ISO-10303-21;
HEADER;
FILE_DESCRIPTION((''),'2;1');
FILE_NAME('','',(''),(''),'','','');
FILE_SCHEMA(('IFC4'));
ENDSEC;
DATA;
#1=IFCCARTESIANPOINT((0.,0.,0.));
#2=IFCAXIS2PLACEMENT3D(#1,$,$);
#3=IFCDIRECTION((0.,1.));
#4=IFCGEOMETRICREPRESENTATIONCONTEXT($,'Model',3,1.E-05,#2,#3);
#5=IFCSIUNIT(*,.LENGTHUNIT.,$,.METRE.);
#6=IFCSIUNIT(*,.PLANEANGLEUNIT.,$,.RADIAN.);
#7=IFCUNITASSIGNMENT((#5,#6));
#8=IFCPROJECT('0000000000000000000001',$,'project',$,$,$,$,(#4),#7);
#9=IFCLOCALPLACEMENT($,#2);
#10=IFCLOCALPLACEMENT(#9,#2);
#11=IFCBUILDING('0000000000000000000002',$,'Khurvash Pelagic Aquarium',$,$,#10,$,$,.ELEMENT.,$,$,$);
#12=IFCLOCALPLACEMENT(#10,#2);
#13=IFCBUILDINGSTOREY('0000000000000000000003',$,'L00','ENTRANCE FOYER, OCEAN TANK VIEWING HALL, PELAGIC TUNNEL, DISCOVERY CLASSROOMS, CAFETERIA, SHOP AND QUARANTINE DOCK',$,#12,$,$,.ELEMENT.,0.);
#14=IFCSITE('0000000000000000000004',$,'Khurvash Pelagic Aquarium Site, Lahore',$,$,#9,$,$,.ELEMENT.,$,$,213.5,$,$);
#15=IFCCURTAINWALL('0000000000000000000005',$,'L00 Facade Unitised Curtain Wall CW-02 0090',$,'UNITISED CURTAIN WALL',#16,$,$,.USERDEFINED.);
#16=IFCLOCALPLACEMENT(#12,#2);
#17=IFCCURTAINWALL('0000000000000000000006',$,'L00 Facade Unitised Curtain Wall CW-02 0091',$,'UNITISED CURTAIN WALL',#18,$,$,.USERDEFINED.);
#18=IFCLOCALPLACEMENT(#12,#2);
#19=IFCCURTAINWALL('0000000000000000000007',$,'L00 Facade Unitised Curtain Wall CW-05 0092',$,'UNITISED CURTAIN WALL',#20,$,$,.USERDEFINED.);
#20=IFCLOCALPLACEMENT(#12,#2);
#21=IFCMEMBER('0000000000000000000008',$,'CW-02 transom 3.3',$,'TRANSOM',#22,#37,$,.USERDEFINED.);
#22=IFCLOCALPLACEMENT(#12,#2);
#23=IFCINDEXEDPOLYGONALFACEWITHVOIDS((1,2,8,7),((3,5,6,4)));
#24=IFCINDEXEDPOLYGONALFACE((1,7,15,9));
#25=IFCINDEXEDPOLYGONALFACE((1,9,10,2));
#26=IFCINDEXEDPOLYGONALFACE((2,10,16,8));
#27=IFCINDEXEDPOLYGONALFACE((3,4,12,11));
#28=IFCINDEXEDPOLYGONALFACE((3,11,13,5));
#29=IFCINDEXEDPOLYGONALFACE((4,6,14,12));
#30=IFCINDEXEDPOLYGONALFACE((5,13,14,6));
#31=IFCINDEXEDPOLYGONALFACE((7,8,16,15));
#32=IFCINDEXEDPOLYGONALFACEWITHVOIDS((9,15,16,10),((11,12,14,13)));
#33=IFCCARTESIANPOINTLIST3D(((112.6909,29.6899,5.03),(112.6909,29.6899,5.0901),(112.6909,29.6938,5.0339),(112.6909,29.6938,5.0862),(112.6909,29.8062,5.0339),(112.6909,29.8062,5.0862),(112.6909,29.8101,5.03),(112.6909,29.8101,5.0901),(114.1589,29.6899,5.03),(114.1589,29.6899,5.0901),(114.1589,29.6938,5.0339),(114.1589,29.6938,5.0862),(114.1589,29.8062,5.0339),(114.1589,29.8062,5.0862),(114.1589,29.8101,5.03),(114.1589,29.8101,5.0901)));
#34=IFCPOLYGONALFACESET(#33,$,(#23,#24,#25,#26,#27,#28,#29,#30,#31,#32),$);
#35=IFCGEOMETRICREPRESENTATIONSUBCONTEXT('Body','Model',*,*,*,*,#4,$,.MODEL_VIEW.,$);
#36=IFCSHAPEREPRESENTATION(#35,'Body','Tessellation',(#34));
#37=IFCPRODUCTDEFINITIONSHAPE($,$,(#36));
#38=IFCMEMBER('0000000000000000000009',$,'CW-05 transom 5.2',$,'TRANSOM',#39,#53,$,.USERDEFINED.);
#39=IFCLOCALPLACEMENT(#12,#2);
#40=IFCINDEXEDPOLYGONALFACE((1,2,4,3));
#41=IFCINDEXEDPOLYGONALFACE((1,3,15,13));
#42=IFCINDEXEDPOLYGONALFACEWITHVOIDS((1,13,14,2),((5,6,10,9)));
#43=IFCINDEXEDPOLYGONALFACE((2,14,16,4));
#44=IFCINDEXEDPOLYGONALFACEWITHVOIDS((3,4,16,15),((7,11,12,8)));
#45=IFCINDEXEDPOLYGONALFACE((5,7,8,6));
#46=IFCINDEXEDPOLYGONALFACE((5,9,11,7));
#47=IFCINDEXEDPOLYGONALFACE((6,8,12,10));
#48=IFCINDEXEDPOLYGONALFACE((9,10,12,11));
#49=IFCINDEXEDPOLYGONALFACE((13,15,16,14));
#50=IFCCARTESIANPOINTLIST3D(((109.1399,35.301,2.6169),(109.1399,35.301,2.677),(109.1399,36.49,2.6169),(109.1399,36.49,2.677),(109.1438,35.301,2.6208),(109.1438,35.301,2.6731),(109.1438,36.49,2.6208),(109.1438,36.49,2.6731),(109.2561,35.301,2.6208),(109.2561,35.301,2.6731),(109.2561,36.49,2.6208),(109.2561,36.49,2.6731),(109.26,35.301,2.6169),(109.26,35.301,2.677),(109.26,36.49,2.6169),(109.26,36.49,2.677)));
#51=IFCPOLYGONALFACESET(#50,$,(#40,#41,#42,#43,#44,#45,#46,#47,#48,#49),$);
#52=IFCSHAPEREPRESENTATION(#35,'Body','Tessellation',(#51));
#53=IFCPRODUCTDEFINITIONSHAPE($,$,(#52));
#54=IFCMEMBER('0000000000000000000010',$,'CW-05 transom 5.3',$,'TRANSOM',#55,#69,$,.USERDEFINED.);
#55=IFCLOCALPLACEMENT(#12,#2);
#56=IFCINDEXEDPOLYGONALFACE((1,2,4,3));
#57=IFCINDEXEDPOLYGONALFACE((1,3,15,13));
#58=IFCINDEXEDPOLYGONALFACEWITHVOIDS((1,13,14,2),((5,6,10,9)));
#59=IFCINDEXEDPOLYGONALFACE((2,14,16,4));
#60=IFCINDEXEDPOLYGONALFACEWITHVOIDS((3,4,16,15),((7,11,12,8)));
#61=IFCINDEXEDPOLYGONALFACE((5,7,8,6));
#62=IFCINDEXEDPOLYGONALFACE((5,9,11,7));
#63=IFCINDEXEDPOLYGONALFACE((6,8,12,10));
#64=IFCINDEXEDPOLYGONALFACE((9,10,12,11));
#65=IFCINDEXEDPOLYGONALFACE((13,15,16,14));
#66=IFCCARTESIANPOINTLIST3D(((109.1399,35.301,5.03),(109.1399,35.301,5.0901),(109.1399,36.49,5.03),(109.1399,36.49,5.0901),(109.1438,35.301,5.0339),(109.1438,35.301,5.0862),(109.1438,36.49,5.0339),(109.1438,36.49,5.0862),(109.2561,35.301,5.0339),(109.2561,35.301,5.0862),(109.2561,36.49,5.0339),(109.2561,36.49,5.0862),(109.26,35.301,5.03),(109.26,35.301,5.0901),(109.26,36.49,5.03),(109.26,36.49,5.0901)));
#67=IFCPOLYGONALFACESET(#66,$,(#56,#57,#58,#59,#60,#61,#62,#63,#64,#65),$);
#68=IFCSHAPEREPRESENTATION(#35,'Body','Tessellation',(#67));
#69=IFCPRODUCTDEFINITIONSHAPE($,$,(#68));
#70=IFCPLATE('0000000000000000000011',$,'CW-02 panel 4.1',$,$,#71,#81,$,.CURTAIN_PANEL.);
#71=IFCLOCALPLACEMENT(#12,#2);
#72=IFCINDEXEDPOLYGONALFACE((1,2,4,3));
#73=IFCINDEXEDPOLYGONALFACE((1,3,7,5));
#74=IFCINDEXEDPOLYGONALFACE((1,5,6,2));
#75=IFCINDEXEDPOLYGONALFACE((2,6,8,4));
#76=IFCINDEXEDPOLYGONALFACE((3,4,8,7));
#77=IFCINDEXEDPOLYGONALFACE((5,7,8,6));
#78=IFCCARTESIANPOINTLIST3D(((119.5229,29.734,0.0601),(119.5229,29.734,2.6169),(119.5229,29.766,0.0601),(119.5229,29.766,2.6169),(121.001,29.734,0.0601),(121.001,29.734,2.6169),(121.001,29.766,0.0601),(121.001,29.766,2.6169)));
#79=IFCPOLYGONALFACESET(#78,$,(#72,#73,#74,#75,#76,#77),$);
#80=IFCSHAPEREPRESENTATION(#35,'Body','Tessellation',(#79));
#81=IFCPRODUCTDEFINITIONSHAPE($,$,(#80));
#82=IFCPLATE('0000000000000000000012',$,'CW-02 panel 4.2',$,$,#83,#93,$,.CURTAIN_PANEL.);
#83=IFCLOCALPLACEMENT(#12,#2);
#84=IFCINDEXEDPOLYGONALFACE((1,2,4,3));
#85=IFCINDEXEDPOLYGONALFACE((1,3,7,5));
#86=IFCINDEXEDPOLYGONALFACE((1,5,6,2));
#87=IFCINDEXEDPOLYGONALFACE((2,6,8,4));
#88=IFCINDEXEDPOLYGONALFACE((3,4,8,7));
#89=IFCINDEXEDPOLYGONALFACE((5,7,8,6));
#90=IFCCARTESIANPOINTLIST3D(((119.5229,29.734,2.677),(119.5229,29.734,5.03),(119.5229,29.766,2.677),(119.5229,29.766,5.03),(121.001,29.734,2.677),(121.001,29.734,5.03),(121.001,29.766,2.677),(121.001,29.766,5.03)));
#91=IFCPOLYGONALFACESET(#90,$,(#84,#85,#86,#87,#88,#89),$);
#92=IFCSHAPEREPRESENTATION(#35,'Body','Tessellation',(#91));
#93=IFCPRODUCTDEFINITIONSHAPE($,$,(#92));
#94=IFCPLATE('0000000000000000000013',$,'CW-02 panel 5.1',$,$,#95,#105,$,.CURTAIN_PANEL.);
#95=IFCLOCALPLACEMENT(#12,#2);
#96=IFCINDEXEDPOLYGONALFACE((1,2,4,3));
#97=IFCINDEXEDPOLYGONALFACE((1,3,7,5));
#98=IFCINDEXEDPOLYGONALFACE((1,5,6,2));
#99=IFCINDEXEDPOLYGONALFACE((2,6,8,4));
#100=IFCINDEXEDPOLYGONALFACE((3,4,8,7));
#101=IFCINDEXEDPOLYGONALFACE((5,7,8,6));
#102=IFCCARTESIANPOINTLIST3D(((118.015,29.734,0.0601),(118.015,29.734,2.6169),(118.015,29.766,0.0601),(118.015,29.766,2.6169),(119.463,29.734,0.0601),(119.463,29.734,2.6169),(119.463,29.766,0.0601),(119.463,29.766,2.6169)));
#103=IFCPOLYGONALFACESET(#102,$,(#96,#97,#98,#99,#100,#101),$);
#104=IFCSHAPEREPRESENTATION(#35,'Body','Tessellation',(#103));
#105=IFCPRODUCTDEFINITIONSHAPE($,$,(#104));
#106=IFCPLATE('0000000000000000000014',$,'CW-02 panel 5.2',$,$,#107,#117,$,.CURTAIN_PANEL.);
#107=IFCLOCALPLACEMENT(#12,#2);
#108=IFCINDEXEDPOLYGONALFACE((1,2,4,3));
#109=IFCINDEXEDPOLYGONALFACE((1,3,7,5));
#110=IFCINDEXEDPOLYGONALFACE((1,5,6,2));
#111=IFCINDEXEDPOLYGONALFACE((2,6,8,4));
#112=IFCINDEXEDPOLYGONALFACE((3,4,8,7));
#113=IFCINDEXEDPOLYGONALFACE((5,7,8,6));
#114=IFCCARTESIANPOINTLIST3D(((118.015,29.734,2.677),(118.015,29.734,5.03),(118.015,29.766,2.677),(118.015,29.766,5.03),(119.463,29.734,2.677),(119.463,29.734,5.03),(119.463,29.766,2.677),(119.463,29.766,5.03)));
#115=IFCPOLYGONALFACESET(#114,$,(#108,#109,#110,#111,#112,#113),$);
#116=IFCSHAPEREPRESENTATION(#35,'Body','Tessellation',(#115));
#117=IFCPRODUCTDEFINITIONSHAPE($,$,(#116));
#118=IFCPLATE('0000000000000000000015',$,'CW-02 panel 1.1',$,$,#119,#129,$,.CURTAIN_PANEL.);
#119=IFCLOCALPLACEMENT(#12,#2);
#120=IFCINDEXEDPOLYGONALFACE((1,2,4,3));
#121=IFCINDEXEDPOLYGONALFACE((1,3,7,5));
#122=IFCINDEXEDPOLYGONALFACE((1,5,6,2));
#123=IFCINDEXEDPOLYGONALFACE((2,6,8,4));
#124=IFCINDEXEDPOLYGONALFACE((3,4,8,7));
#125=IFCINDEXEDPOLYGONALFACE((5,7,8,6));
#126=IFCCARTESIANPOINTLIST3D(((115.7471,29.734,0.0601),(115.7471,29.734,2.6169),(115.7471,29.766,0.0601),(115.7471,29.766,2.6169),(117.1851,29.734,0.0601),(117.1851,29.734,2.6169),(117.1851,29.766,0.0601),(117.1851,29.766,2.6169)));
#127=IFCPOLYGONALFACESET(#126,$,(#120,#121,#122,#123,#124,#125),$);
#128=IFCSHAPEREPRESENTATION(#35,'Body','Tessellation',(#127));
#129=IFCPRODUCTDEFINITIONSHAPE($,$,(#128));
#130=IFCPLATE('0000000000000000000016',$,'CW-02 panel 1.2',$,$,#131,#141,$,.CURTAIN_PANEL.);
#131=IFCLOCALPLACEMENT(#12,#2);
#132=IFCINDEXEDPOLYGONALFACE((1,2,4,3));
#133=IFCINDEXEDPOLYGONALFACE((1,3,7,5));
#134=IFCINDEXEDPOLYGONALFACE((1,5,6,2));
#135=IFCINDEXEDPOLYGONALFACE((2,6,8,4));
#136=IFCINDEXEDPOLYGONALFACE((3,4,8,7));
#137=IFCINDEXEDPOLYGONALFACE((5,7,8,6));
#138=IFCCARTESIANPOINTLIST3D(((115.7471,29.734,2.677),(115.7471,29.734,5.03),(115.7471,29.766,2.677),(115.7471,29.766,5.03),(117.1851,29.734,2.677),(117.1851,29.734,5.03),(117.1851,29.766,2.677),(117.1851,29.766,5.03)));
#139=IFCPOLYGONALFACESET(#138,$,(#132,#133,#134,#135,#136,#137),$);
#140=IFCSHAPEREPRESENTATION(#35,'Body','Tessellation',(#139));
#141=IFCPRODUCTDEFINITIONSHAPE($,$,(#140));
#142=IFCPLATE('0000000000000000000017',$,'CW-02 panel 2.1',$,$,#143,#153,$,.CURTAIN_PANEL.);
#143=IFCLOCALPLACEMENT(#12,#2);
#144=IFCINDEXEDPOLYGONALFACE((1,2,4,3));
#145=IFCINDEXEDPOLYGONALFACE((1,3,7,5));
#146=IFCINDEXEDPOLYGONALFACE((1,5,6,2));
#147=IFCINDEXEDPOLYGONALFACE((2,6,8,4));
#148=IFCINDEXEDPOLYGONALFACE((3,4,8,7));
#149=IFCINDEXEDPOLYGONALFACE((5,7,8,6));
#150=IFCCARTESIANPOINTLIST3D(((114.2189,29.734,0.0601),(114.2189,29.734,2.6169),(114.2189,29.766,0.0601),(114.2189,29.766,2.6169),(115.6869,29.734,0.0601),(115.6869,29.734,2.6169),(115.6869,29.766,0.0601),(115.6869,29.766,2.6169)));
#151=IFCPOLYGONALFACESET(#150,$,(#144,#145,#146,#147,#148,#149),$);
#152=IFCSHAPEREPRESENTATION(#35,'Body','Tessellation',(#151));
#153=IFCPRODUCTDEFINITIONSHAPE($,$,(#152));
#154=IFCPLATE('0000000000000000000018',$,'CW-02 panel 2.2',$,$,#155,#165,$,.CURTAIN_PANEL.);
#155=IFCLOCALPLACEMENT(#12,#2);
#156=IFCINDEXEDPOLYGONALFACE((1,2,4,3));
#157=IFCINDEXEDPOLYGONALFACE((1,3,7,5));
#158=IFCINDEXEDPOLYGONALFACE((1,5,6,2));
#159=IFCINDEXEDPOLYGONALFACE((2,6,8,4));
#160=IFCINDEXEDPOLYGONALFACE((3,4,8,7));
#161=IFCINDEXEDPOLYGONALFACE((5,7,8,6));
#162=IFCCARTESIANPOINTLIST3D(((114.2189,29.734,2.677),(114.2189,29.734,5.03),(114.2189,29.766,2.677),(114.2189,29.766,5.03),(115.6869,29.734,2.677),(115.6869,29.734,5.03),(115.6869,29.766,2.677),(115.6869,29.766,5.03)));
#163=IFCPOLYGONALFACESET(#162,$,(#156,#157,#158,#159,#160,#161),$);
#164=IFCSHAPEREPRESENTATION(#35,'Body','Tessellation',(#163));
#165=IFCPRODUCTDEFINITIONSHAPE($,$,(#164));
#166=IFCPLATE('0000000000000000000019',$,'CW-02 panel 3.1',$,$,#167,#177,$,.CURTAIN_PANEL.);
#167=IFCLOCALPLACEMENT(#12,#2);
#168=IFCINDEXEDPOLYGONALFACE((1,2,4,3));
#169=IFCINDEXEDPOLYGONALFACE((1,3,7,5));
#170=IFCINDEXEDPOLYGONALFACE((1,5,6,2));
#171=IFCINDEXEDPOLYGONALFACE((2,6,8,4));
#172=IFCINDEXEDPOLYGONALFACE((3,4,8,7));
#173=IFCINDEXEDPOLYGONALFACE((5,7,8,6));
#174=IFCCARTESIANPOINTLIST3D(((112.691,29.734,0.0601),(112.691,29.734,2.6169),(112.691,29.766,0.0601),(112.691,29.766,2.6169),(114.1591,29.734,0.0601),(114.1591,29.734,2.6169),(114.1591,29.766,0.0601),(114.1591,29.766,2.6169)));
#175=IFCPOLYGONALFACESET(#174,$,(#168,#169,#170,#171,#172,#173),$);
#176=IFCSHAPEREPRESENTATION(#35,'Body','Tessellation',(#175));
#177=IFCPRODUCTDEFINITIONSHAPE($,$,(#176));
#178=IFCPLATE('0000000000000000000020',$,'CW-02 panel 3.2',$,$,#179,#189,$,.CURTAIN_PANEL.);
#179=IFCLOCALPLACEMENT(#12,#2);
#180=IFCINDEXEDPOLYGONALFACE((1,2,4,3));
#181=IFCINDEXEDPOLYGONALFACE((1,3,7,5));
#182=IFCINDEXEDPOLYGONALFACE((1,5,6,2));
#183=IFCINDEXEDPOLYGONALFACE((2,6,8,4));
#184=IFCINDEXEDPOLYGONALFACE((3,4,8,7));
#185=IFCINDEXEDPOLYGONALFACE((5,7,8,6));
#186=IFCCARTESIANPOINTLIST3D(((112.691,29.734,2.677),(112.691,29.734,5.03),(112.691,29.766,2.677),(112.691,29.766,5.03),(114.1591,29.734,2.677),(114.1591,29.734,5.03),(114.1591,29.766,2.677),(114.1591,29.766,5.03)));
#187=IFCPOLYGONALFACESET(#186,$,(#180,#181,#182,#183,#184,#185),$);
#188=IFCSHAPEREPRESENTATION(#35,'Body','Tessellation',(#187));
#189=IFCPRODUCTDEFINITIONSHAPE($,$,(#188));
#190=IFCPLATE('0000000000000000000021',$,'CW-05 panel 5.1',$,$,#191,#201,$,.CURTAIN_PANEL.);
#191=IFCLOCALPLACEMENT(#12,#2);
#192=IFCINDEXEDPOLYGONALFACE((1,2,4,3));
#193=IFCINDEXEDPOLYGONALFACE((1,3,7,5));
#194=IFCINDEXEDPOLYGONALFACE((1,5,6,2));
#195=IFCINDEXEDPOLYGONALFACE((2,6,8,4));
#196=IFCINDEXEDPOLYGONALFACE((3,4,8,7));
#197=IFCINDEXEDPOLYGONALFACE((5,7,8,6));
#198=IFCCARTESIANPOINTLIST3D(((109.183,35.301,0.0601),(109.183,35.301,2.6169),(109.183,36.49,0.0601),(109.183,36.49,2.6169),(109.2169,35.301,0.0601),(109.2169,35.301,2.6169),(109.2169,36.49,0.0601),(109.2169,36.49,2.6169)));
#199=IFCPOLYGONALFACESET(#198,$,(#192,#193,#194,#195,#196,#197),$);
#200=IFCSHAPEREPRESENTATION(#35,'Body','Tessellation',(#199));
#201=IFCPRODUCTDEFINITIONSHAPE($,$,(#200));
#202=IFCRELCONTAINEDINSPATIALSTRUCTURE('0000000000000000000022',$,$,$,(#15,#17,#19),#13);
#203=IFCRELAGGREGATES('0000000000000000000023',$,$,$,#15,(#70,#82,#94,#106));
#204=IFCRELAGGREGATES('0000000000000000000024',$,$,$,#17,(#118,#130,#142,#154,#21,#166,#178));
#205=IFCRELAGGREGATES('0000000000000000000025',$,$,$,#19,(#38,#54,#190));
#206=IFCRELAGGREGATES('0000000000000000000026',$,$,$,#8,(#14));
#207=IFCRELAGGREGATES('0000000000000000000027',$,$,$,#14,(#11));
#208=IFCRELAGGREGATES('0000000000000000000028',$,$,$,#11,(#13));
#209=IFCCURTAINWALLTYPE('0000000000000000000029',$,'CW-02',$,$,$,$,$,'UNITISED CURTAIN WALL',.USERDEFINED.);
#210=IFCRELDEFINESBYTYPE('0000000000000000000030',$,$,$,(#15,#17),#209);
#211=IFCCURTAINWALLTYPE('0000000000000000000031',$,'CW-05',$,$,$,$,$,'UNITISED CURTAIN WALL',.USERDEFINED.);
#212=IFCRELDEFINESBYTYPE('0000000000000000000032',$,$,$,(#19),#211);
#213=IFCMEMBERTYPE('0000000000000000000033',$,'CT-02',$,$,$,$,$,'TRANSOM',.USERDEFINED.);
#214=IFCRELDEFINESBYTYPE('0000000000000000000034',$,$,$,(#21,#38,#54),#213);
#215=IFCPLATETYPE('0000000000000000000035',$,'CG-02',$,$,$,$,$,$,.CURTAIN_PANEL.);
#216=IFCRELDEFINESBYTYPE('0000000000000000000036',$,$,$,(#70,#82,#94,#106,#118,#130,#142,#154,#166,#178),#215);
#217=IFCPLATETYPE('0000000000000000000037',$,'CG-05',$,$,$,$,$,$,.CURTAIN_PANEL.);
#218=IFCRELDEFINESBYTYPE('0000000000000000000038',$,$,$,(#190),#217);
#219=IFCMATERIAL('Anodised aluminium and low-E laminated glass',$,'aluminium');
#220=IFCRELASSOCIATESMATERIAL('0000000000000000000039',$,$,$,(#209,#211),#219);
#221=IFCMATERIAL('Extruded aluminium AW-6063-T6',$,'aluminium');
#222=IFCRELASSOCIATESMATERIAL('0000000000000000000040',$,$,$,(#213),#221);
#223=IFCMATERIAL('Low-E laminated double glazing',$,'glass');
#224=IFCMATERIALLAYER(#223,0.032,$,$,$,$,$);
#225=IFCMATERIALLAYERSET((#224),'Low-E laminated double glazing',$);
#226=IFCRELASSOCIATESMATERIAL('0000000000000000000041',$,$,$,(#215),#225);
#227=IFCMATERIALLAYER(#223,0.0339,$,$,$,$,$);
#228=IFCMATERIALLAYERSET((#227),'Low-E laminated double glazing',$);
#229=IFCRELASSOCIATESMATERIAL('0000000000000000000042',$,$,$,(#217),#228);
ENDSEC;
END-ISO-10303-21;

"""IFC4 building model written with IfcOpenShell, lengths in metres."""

from ifc_helpers import new_model, si_unit, direction, frame, origin, origin_2d, place, context, subcontext, project, spatial, rectangle, hollow_rectangle, extrude, material, layer, layer_set, material_profile, profile_set, type_object, element, aggregate, save


model = new_model("IFC4")

# Units and contexts
model_context = context("Model", 3, precision=1e-05, world=origin(), true_north=direction((0.0, 1.0)))
body_context = subcontext(model_context, "Body", "Model", "MODEL_VIEW")
ifc_project = project(units=[si_unit("LENGTHUNIT", "METRE"), si_unit("PLANEANGLEUNIT", "RADIAN")], contexts=[model_context])

# Site, building, storey
site_placement = place(None, origin())
site = spatial("IfcSite", under=ifc_project, at=site_placement, Name="Khurvash Pelagic Aquarium Site, Lahore", CompositionType="ELEMENT", RefElevation=213.5)
building_placement = place(site_placement, origin())
building = spatial("IfcBuilding", under=site, at=building_placement, Name="Khurvash Pelagic Aquarium", CompositionType="ELEMENT")
storey_placement = place(building_placement, origin())
storey = spatial("IfcBuildingStorey", under=building, at=storey_placement, Name="L00", Description="ENTRANCE FOYER, OCEAN TANK VIEWING HALL, PELAGIC TUNNEL, DISCOVERY CLASSROOMS, CAFETERIA, SHOP AND QUARANTINE DOCK", CompositionType="ELEMENT", Elevation=0.0)

# Curtain walls
ifc_material_1 = material(Name="Anodised aluminium and low-E laminated glass", Category="aluminium")
curtain_wall_type_1 = type_object("IfcCurtainWallType", Name="CW-02", ElementType="UNITISED CURTAIN WALL", PredefinedType="USERDEFINED", material=ifc_material_1)
curtain_wall_1_placement = place(storey_placement, origin())
curtain_wall_1 = element("IfcCurtainWall", 1, at=curtain_wall_1_placement, inside=storey, type_object=curtain_wall_type_1, Name="L00 Facade Unitised Curtain Wall CW-02 0090", ObjectType="UNITISED CURTAIN WALL", PredefinedType="USERDEFINED")
ifc_material_2 = material(Name="Extruded aluminium AW-6063-T6", Category="aluminium")
curtain_wall_2_placement = place(storey_placement, origin())
curtain_wall_2 = element("IfcCurtainWall", 2, at=curtain_wall_2_placement, inside=storey, type_object=curtain_wall_type_1, Name="L00 Facade Unitised Curtain Wall CW-02 0091", ObjectType="UNITISED CURTAIN WALL", PredefinedType="USERDEFINED")

# Curtain wall
curtain_wall_type_2 = type_object("IfcCurtainWallType", Name="CW-05", ElementType="UNITISED CURTAIN WALL", PredefinedType="USERDEFINED", material=ifc_material_1)
curtain_wall_3_placement = place(storey_placement, origin())
curtain_wall_3 = element("IfcCurtainWall", 3, at=curtain_wall_3_placement, inside=storey, type_object=curtain_wall_type_2, Name="L00 Facade Unitised Curtain Wall CW-05 0092", ObjectType="UNITISED CURTAIN WALL", PredefinedType="USERDEFINED")

# Members
ifc_material_profile_1 = material_profile(ifc_material_2, hollow_rectangle(XDim=0.1201, YDim=0.0601, WallThickness=0.0039, at=origin_2d()), Name="CWT120X60X4")
ifc_profile_set_1 = profile_set([ifc_material_profile_1], Name="Extruded aluminium AW-6063-T6")
member_type_1 = type_object("IfcMemberType", Name="CT-02", ElementType="TRANSOM", PredefinedType="USERDEFINED", material=ifc_profile_set_1)
member_1_placement = place(storey_placement, frame((114.1589, 29.75, 5.0601), z_axis=(-1.0, 0.0, 0.0), x_axis=(0.0, -1.0, 0.0)))
member_1 = element("IfcMember", 4, at=member_1_placement, type_object=member_type_1, Name="CW-02 transom 3.3", ObjectType="TRANSOM", PredefinedType="USERDEFINED", context=body_context, shape_type="SweptSolid", body=[
    extrude(hollow_rectangle(XDim=0.1201, YDim=0.0601, WallThickness=0.0039, at=origin_2d()), origin(), (0.0, 0.0, 1.0), 1.468),
])
member_2_placement = place(storey_placement, frame((109.2, 35.301, 2.647), z_axis=(0.0, 1.0, 0.0), x_axis=(-1.0, 0.0, 0.0)))
member_2 = element("IfcMember", 5, at=member_2_placement, type_object=member_type_1, Name="CW-05 transom 5.2", ObjectType="TRANSOM", PredefinedType="USERDEFINED", context=body_context, shape_type="SweptSolid", body=[
    extrude(hollow_rectangle(XDim=0.1201, YDim=0.0601, WallThickness=0.0039, at=origin_2d()), origin(), (0.0, 0.0, 1.0), 1.189),
])
member_3_placement = place(storey_placement, frame((109.2, 35.301, 5.0601), z_axis=(0.0, 1.0, 0.0), x_axis=(-1.0, 0.0, 0.0)))
member_3 = element("IfcMember", 6, at=member_3_placement, type_object=member_type_1, Name="CW-05 transom 5.3", ObjectType="TRANSOM", PredefinedType="USERDEFINED", context=body_context, shape_type="SweptSolid", body=[
    extrude(hollow_rectangle(XDim=0.1201, YDim=0.0601, WallThickness=0.0039, at=origin_2d()), origin(), (0.0, 0.0, 1.0), 1.189),
])

# Plates
ifc_material_3 = material(Name="Low-E laminated double glazing", Category="glass")
ifc_layer_1 = layer(ifc_material_3, 0.032)
ifc_layer_set_1 = layer_set([ifc_layer_1], Name="Low-E laminated double glazing")
plate_type_1 = type_object("IfcPlateType", Name="CG-02", PredefinedType="CURTAIN_PANEL", material=ifc_layer_set_1)
plate_1_placement = place(storey_placement, frame((120.262, 29.75, 0.0601), z_axis=(0.0, 0.0, 1.0), x_axis=(-1.0, 0.0, 0.0)))
plate_1 = element("IfcPlate", 7, at=plate_1_placement, type_object=plate_type_1, Name="CW-02 panel 4.1", PredefinedType="CURTAIN_PANEL", context=body_context, shape_type="SweptSolid", body=[
    extrude(rectangle(XDim=1.478, YDim=0.032, at=origin_2d()), origin(), (0.0, 0.0, 1.0), 2.5569),
])
plate_2_placement = place(storey_placement, frame((120.262, 29.75, 2.677), z_axis=(0.0, 0.0, 1.0), x_axis=(-1.0, 0.0, 0.0)))
plate_2 = element("IfcPlate", 8, at=plate_2_placement, type_object=plate_type_1, Name="CW-02 panel 4.2", PredefinedType="CURTAIN_PANEL", context=body_context, shape_type="SweptSolid", body=[
    extrude(rectangle(XDim=1.478, YDim=0.032, at=origin_2d()), origin(), (0.0, 0.0, 1.0), 2.353),
])
plate_3_placement = place(storey_placement, frame((118.739, 29.75, 0.0601), z_axis=(0.0, 0.0, 1.0), x_axis=(-1.0, 0.0, 0.0)))
plate_3 = element("IfcPlate", 9, at=plate_3_placement, type_object=plate_type_1, Name="CW-02 panel 5.1", PredefinedType="CURTAIN_PANEL", context=body_context, shape_type="SweptSolid", body=[
    extrude(rectangle(XDim=1.448, YDim=0.032, at=origin_2d()), origin(), (0.0, 0.0, 1.0), 2.5569),
])
plate_4_placement = place(storey_placement, frame((118.739, 29.75, 2.677), z_axis=(0.0, 0.0, 1.0), x_axis=(-1.0, 0.0, 0.0)))
plate_4 = element("IfcPlate", 10, at=plate_4_placement, type_object=plate_type_1, Name="CW-02 panel 5.2", PredefinedType="CURTAIN_PANEL", context=body_context, shape_type="SweptSolid", body=[
    extrude(rectangle(XDim=1.448, YDim=0.032, at=origin_2d()), origin(), (0.0, 0.0, 1.0), 2.353),
])
aggregate(curtain_wall_1, [plate_1, plate_2, plate_3, plate_4])
plate_5_placement = place(storey_placement, frame((116.4661, 29.75, 0.0601), z_axis=(0.0, 0.0, 1.0), x_axis=(-1.0, 0.0, 0.0)))
plate_5 = element("IfcPlate", 11, at=plate_5_placement, type_object=plate_type_1, Name="CW-02 panel 1.1", PredefinedType="CURTAIN_PANEL", context=body_context, shape_type="SweptSolid", body=[
    extrude(rectangle(XDim=1.438, YDim=0.032, at=origin_2d()), origin(), (0.0, 0.0, 1.0), 2.5569),
])
plate_6_placement = place(storey_placement, frame((116.4661, 29.75, 2.677), z_axis=(0.0, 0.0, 1.0), x_axis=(-1.0, 0.0, 0.0)))
plate_6 = element("IfcPlate", 12, at=plate_6_placement, type_object=plate_type_1, Name="CW-02 panel 1.2", PredefinedType="CURTAIN_PANEL", context=body_context, shape_type="SweptSolid", body=[
    extrude(rectangle(XDim=1.438, YDim=0.032, at=origin_2d()), origin(), (0.0, 0.0, 1.0), 2.353),
])
plate_7_placement = place(storey_placement, frame((114.9529, 29.75, 0.0601), z_axis=(0.0, 0.0, 1.0), x_axis=(-1.0, 0.0, 0.0)))
plate_7 = element("IfcPlate", 13, at=plate_7_placement, type_object=plate_type_1, Name="CW-02 panel 2.1", PredefinedType="CURTAIN_PANEL", context=body_context, shape_type="SweptSolid", body=[
    extrude(rectangle(XDim=1.468, YDim=0.032, at=origin_2d()), origin(), (0.0, 0.0, 1.0), 2.5569),
])
plate_8_placement = place(storey_placement, frame((114.9529, 29.75, 2.677), z_axis=(0.0, 0.0, 1.0), x_axis=(-1.0, 0.0, 0.0)))
plate_8 = element("IfcPlate", 14, at=plate_8_placement, type_object=plate_type_1, Name="CW-02 panel 2.2", PredefinedType="CURTAIN_PANEL", context=body_context, shape_type="SweptSolid", body=[
    extrude(rectangle(XDim=1.468, YDim=0.032, at=origin_2d()), origin(), (0.0, 0.0, 1.0), 2.353),
])
plate_9_placement = place(storey_placement, frame((113.425, 29.75, 0.0601), z_axis=(0.0, 0.0, 1.0), x_axis=(-1.0, 0.0, 0.0)))
plate_9 = element("IfcPlate", 15, at=plate_9_placement, type_object=plate_type_1, Name="CW-02 panel 3.1", PredefinedType="CURTAIN_PANEL", context=body_context, shape_type="SweptSolid", body=[
    extrude(rectangle(XDim=1.468, YDim=0.032, at=origin_2d()), origin(), (0.0, 0.0, 1.0), 2.5569),
])
plate_10_placement = place(storey_placement, frame((113.425, 29.75, 2.677), z_axis=(0.0, 0.0, 1.0), x_axis=(-1.0, 0.0, 0.0)))
plate_10 = element("IfcPlate", 16, at=plate_10_placement, type_object=plate_type_1, Name="CW-02 panel 3.2", PredefinedType="CURTAIN_PANEL", context=body_context, shape_type="SweptSolid", body=[
    extrude(rectangle(XDim=1.468, YDim=0.032, at=origin_2d()), origin(), (0.0, 0.0, 1.0), 2.353),
])
aggregate(curtain_wall_2, [plate_5, plate_6, plate_7, plate_8, member_1, plate_9, plate_10])
ifc_layer_2 = layer(ifc_material_3, 0.0339)
ifc_layer_set_2 = layer_set([ifc_layer_2], Name="Low-E laminated double glazing")
plate_type_2 = type_object("IfcPlateType", Name="CG-05", PredefinedType="CURTAIN_PANEL", material=ifc_layer_set_2)
plate_11_placement = place(storey_placement, frame((109.2, 35.8955, 0.0601), z_axis=(0.0, 0.0, 1.0), x_axis=(0.0, 1.0, 0.0)))
plate_11 = element("IfcPlate", 17, at=plate_11_placement, type_object=plate_type_2, Name="CW-05 panel 5.1", PredefinedType="CURTAIN_PANEL", context=body_context, shape_type="SweptSolid", body=[
    extrude(rectangle(XDim=1.189, YDim=0.0339, at=origin_2d()), origin(), (0.0, 0.0, 1.0), 2.5569),
])
aggregate(curtain_wall_3, [member_2, member_3, plate_11])

save(model, "model.ifc")
